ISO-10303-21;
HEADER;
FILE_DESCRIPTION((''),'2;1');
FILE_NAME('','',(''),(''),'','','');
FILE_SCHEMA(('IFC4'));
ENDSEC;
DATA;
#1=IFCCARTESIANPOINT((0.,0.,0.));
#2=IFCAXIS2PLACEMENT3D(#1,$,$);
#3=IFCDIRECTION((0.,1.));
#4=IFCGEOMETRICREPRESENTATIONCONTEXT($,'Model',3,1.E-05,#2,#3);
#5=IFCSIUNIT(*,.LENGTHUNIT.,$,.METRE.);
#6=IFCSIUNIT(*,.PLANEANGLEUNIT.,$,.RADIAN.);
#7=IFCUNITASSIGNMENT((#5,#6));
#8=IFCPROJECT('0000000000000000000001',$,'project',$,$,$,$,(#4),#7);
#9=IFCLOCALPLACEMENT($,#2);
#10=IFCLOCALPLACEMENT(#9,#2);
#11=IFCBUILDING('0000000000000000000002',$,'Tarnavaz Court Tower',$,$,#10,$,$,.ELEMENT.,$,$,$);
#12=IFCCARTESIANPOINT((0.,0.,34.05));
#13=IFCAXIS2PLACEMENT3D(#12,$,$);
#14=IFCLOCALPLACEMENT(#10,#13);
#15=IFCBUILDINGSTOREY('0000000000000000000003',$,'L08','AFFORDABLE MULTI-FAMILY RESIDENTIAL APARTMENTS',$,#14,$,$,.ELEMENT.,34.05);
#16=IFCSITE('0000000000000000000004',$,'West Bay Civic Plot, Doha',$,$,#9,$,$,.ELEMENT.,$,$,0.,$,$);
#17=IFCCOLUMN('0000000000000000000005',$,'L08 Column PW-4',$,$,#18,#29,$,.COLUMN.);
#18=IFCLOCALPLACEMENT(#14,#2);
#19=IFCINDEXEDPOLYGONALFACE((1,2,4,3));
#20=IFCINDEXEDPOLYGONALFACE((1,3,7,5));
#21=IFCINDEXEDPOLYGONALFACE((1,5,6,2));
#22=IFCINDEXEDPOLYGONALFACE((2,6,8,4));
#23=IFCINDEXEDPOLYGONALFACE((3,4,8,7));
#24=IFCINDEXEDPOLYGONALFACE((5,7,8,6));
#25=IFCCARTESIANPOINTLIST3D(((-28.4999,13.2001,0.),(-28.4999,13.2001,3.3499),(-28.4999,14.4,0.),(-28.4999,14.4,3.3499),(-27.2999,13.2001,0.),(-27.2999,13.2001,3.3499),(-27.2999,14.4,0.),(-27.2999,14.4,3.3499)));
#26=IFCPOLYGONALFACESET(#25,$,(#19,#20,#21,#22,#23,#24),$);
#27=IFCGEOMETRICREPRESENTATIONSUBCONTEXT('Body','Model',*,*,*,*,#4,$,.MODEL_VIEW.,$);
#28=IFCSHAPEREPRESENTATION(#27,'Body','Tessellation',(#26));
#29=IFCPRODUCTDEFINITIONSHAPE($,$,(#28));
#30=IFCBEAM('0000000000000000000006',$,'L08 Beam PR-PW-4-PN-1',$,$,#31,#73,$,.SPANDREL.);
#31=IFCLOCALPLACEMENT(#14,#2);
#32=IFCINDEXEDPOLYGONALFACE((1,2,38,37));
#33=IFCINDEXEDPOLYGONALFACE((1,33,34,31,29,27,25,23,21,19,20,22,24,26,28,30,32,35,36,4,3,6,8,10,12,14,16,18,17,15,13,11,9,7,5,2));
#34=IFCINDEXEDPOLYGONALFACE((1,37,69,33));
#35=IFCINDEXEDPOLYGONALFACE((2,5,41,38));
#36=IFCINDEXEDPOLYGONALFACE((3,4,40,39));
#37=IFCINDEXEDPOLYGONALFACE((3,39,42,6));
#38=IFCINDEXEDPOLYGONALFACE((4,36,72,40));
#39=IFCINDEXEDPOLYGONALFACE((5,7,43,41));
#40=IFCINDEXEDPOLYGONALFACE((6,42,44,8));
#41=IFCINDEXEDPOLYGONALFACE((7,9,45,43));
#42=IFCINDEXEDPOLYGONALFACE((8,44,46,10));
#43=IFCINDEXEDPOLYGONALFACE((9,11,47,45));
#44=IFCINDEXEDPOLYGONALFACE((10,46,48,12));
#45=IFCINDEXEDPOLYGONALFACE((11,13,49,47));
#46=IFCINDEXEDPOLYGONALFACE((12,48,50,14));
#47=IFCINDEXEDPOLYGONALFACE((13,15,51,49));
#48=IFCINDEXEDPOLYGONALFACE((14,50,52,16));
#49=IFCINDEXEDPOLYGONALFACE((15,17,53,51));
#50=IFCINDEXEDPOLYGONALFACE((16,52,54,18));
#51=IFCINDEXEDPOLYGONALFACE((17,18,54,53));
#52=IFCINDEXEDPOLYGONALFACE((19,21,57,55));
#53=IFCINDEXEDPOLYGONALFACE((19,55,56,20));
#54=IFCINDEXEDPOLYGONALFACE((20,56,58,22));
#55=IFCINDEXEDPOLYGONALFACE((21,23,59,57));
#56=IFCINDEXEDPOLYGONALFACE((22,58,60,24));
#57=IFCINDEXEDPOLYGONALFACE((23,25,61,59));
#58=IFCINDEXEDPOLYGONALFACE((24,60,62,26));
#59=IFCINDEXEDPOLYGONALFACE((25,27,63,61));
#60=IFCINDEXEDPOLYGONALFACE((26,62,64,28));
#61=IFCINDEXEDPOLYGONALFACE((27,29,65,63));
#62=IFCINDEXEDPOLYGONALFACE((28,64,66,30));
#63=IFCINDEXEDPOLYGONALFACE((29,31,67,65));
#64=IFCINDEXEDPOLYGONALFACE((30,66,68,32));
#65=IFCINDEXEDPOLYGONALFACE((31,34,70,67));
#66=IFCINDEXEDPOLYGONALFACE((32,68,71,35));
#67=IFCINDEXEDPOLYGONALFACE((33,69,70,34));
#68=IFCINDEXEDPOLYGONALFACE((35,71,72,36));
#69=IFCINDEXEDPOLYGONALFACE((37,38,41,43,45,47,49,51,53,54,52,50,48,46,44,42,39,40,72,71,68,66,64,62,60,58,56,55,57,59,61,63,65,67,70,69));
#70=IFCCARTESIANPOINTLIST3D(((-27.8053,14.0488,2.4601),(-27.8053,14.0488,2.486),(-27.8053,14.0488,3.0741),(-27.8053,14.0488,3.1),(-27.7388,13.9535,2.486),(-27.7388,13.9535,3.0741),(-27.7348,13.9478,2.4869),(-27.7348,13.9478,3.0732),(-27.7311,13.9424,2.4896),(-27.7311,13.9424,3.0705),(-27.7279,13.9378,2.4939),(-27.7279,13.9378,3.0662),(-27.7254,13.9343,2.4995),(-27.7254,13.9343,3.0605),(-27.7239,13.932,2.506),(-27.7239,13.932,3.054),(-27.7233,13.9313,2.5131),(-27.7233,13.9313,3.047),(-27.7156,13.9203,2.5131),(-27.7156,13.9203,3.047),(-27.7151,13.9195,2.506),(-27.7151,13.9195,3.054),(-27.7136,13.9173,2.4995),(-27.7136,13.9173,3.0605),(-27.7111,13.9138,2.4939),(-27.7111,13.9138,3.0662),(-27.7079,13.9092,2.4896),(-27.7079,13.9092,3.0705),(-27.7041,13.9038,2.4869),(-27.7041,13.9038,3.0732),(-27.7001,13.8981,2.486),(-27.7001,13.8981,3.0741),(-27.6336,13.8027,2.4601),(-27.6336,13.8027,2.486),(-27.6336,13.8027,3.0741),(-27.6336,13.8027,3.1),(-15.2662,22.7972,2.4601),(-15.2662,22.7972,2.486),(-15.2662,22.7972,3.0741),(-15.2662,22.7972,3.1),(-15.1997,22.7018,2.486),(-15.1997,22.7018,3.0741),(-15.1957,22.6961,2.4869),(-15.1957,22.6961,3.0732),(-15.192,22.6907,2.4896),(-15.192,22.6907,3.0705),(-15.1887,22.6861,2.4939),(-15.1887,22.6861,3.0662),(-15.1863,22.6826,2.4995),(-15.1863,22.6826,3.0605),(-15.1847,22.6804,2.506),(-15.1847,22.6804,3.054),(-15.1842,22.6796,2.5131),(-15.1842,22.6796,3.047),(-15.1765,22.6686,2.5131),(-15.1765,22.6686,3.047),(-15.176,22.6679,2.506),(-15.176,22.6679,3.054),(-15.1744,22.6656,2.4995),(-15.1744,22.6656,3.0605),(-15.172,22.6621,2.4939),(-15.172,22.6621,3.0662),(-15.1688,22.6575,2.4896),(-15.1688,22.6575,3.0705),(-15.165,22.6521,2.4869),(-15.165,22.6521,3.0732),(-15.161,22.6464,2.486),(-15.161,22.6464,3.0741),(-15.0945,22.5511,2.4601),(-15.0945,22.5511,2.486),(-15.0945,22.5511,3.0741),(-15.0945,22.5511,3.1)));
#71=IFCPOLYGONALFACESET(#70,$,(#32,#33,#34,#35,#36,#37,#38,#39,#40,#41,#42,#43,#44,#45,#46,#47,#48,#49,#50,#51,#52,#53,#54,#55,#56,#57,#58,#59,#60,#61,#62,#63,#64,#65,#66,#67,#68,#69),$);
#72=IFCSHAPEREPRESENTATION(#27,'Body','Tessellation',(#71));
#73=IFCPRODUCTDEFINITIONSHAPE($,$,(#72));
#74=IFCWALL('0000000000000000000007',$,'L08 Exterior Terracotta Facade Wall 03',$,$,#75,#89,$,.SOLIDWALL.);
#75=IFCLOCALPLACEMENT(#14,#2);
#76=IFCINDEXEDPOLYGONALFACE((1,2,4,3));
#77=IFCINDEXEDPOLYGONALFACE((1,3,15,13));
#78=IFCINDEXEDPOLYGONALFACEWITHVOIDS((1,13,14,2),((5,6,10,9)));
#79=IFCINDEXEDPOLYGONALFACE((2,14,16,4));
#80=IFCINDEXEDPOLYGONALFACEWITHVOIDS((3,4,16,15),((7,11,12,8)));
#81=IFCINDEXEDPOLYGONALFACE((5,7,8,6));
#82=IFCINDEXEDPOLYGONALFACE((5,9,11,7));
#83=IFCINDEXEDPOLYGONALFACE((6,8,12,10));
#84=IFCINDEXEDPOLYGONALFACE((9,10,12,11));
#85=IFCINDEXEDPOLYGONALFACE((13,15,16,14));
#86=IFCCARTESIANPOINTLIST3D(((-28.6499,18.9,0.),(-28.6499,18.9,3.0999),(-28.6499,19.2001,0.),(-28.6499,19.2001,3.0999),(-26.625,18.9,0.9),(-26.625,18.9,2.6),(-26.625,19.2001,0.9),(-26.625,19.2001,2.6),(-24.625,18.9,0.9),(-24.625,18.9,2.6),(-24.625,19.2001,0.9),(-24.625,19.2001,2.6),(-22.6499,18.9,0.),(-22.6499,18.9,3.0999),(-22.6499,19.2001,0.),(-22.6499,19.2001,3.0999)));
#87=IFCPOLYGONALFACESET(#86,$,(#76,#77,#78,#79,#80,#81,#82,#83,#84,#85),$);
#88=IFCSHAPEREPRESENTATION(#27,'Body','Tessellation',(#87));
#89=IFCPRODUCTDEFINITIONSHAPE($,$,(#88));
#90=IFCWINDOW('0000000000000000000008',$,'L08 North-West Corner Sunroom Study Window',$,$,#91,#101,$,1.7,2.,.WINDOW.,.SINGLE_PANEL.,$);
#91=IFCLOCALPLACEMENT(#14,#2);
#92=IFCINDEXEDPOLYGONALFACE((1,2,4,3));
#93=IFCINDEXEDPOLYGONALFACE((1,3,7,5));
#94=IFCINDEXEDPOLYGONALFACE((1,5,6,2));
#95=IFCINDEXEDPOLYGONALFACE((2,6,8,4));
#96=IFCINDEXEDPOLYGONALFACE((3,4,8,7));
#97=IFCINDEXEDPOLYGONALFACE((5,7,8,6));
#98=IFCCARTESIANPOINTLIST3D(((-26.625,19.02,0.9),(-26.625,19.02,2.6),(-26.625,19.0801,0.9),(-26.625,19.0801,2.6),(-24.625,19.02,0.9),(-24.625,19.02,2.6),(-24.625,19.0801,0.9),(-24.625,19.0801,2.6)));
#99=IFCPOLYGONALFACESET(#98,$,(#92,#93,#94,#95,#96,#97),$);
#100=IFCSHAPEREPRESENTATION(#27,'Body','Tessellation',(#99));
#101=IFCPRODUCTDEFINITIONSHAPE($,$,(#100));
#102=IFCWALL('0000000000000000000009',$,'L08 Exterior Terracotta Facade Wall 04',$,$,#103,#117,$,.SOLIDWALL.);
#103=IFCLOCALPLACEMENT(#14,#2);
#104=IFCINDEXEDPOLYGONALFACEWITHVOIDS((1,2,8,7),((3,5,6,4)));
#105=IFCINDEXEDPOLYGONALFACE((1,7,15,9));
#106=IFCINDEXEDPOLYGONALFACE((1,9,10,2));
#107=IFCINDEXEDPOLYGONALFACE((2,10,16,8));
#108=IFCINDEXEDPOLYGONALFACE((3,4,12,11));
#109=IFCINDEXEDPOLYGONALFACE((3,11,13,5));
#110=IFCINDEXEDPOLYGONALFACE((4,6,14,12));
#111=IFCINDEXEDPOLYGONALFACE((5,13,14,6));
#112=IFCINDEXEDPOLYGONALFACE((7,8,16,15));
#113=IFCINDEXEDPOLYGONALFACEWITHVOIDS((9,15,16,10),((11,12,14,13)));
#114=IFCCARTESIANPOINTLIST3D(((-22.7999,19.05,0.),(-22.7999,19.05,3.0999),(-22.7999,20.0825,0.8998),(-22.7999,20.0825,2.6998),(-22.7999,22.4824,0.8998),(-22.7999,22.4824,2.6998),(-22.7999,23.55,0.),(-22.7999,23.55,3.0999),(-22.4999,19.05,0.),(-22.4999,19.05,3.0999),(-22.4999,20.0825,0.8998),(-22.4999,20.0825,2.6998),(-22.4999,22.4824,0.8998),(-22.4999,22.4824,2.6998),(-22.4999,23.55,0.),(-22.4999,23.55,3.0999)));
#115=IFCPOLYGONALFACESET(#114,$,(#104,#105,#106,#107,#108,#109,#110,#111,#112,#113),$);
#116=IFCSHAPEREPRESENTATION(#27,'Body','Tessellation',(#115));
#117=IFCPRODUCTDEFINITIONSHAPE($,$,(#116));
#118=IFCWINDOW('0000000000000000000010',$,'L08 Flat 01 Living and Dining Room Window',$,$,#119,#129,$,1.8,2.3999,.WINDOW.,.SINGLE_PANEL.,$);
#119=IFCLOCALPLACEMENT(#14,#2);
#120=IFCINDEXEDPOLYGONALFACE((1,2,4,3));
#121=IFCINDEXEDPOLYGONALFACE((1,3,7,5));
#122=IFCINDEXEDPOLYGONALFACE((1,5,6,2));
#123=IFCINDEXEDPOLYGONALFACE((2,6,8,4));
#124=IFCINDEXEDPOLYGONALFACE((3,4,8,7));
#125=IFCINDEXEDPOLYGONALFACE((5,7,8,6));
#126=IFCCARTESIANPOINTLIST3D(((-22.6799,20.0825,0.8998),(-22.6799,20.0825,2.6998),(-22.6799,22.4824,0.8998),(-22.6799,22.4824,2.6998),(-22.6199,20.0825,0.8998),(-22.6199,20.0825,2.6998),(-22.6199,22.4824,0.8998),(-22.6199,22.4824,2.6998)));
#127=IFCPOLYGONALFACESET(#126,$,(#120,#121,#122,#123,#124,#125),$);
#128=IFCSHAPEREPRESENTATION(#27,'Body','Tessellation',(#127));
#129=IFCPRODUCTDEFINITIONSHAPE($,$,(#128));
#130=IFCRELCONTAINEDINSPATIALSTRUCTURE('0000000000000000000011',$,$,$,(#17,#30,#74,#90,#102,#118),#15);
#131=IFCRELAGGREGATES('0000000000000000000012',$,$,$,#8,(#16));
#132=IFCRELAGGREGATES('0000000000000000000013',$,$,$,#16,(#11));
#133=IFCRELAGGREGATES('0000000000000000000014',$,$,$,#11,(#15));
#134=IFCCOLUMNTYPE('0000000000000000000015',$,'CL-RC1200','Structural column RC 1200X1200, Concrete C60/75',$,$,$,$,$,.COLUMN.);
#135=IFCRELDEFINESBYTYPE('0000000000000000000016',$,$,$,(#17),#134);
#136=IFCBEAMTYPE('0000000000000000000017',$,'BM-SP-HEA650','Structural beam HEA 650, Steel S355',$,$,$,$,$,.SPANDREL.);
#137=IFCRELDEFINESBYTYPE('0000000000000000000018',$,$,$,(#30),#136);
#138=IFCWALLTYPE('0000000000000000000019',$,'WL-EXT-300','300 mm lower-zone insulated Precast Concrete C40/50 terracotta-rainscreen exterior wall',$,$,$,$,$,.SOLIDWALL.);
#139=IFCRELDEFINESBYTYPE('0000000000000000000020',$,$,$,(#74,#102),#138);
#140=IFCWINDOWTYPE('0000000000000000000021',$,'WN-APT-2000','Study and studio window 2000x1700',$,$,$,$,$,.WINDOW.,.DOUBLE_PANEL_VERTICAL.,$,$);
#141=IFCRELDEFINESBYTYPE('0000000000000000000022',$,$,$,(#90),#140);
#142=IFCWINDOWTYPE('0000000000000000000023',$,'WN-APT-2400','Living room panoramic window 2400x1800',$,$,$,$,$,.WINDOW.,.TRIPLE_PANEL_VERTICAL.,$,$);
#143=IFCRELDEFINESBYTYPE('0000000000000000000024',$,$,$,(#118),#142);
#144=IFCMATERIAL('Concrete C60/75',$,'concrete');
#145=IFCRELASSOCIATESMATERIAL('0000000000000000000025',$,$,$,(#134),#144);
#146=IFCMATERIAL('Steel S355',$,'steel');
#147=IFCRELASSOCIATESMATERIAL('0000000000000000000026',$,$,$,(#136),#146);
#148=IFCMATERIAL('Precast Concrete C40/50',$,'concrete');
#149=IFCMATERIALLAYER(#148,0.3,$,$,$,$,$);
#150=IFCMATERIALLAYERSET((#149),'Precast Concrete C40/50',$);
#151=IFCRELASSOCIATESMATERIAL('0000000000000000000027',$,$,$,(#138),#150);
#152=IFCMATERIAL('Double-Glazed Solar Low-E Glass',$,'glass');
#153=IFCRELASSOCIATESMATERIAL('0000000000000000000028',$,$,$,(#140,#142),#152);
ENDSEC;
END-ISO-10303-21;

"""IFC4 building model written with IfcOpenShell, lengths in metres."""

from ifc_helpers import new_model, si_unit, direction, frame, frame_2d, origin, origin_2d, place, context, subcontext, project, spatial, rectangle, i_section, extrude, material, layer, layer_set, material_profile, profile_set, type_object, element, fill, save


model = new_model("IFC4")

# Units and contexts
model_context = context("Model", 3, precision=1e-05, world=origin(), true_north=direction((0.0, 1.0)))
body_context = subcontext(model_context, "Body", "Model", "MODEL_VIEW")
ifc_project = project(units=[si_unit("LENGTHUNIT", "METRE"), si_unit("PLANEANGLEUNIT", "RADIAN")], contexts=[model_context])

# Site, building, storey
site_placement = place(None, origin())
site = spatial("IfcSite", under=ifc_project, at=site_placement, Name="West Bay Civic Plot, Doha", CompositionType="ELEMENT", RefElevation=0.0)
building_placement = place(site_placement, origin())
building = spatial("IfcBuilding", under=site, at=building_placement, Name="Tarnavaz Court Tower", CompositionType="ELEMENT")
storey_placement = place(building_placement, frame((0.0, 0.0, 34.05)))
storey = spatial("IfcBuildingStorey", under=building, at=storey_placement, Name="L08", Description="AFFORDABLE MULTI-FAMILY RESIDENTIAL APARTMENTS", CompositionType="ELEMENT", Elevation=34.05)

# Column
ifc_material_1 = material(Name="Concrete C60/75", Category="concrete")
ifc_material_profile_1 = material_profile(ifc_material_1, rectangle(XDim=1.2, YDim=1.2, at=origin_2d()), Name="RC 1200X1200")
ifc_profile_set_1 = profile_set([ifc_material_profile_1], Name="Concrete C60/75")
column_type = type_object("IfcColumnType", Name="CL-RC1200", Description="Structural column RC 1200X1200, Concrete C60/75", PredefinedType="COLUMN", material=ifc_profile_set_1)
column_placement = place(storey_placement, frame((-27.8999, 13.8, 0.0), z_axis=(0.0, 0.0, 1.0), x_axis=(1.0, 0.0, 0.0)))
element("IfcColumn", 1, at=column_placement, inside=storey, type_object=column_type, Name="L08 Column PW-4", PredefinedType="COLUMN", context=body_context, shape_type="SweptSolid", body=[
    extrude(rectangle(XDim=1.2, YDim=1.2, at=origin_2d()), origin(), (0.0, 0.0, 1.0), 3.3499),
])

# Beam
ifc_material_2 = material(Name="Steel S355", Category="steel")
ifc_material_profile_2 = material_profile(ifc_material_2, i_section(OverallWidth=0.3, OverallDepth=0.6399, WebThickness=0.0134, FlangeThickness=0.0259, FilletRadius=0.0271, at=origin_2d()), Name="HEA 650")
ifc_profile_set_2 = profile_set([ifc_material_profile_2], Name="Steel S355")
beam_type = type_object("IfcBeamType", Name="BM-SP-HEA650", Description="Structural beam HEA 650, Steel S355", PredefinedType="SPANDREL", material=ifc_profile_set_2)
beam_placement = place(storey_placement, frame((-27.7195, 13.9258, 2.78), z_axis=(0.820124, 0.572186, 0.0), x_axis=(-0.572186, 0.820124, 0.0)))
element("IfcBeam", 2, at=beam_placement, inside=storey, type_object=beam_type, Name="L08 Beam PR-PW-4-PN-1", PredefinedType="SPANDREL", context=body_context, shape_type="SweptSolid", body=[
    extrude(i_section(OverallWidth=0.3, OverallDepth=0.6399, WebThickness=0.0134, FlangeThickness=0.0259, FilletRadius=0.0271, at=origin_2d()), origin(), (0.0, 0.0, 1.0), 15.2893),
])

# Walls, openings, windows
ifc_material_3 = material(Name="Precast Concrete C40/50", Category="concrete")
ifc_layer_1 = layer(ifc_material_3, 0.3)
ifc_layer_set_1 = layer_set([ifc_layer_1], Name="Precast Concrete C40/50")
wall_type_1 = type_object("IfcWallType", Name="WL-EXT-300", Description="300 mm lower-zone insulated Precast Concrete C40/50 terracotta-rainscreen exterior wall", PredefinedType="SOLIDWALL", material=ifc_layer_set_1)
wall_1_placement = place(storey_placement, frame((-28.6499, 19.05, 0.0), z_axis=(0.0, 0.0, 1.0), x_axis=(1.0, 0.0, 0.0)))
wall_1 = element("IfcWall", 3, at=wall_1_placement, inside=storey, type_object=wall_type_1, Name="L08 Exterior Terracotta Facade Wall 03", PredefinedType="SOLIDWALL", context=body_context, shape_type="SweptSolid", body=[
    extrude(rectangle(XDim=6.0, YDim=0.3, at=frame_2d((3.0, 0.0))), origin(), (0.0, 0.0, 1.0), 3.0999),
])
opening_1_placement = place(wall_1_placement, frame((2.0249, 0.0, 0.8999)))
opening_1 = element("IfcOpeningElement", 4, at=opening_1_placement, cuts=wall_1, PredefinedType="OPENING", context=body_context, shape_type="SweptSolid", body=[
    extrude(rectangle(XDim=2.0, YDim=1.7, at=frame_2d((1.0, 0.8501))), frame((0.0, 0.1599, 0.0), z_axis=(0.0, -1.0, 0.0), x_axis=(1.0, 0.0, 0.0)), (0.0, 0.0, 1.0), 0.3201),
])
ifc_material_4 = material(Name="Double-Glazed Solar Low-E Glass", Category="glass")
window_type_1 = type_object("IfcWindowType", Name="WN-APT-2000", Description="Study and studio window 2000x1700", PartitioningType="DOUBLE_PANEL_VERTICAL", PredefinedType="WINDOW", material=ifc_material_4)
window_1_placement = place(opening_1_placement, origin())
window_1 = element("IfcWindow", 5, at=window_1_placement, inside=storey, type_object=window_type_1, Name="L08 North-West Corner Sunroom Study Window", OverallHeight=1.7, OverallWidth=2.0, PartitioningType="SINGLE_PANEL", PredefinedType="WINDOW", context=body_context, shape_type="SweptSolid", body=[
    extrude(rectangle(XDim=2.0, YDim=1.7, at=frame_2d((1.0, 0.8501))), frame((0.0, 0.03, 0.0), z_axis=(0.0, -1.0, 0.0), x_axis=(1.0, 0.0, 0.0)), (0.0, 0.0, 1.0), 0.0601),
])
fill(opening_1, window_1)
wall_2_placement = place(storey_placement, frame((-22.6499, 19.05, 0.0), z_axis=(0.0, 0.0, 1.0), x_axis=(0.0, 1.0, 0.0)))
wall_2 = element("IfcWall", 6, at=wall_2_placement, inside=storey, type_object=wall_type_1, Name="L08 Exterior Terracotta Facade Wall 04", PredefinedType="SOLIDWALL", context=body_context, shape_type="SweptSolid", body=[
    extrude(rectangle(XDim=4.5, YDim=0.3, at=frame_2d((2.25, 0.0))), origin(), (0.0, 0.0, 1.0), 3.0999),
])
opening_2_placement = place(wall_2_placement, frame((1.0325, 0.0, 0.8999)))
opening_2 = element("IfcOpeningElement", 7, at=opening_2_placement, cuts=wall_2, PredefinedType="OPENING", context=body_context, shape_type="SweptSolid", body=[
    extrude(rectangle(XDim=2.3999, YDim=1.8, at=frame_2d((1.2, 0.8999))), frame((0.0, 0.1599, 0.0), z_axis=(0.0, -1.0, 0.0), x_axis=(1.0, 0.0, 0.0)), (0.0, 0.0, 1.0), 0.3201),
])
window_type_2 = type_object("IfcWindowType", Name="WN-APT-2400", Description="Living room panoramic window 2400x1800", PartitioningType="TRIPLE_PANEL_VERTICAL", PredefinedType="WINDOW", material=ifc_material_4)
window_2_placement = place(opening_2_placement, origin())
window_2 = element("IfcWindow", 8, at=window_2_placement, inside=storey, type_object=window_type_2, Name="L08 Flat 01 Living and Dining Room Window", OverallHeight=1.8, OverallWidth=2.3999, PartitioningType="SINGLE_PANEL", PredefinedType="WINDOW", context=body_context, shape_type="SweptSolid", body=[
    extrude(rectangle(XDim=2.3999, YDim=1.8, at=frame_2d((1.2, 0.8999))), frame((0.0, 0.03, 0.0), z_axis=(0.0, -1.0, 0.0), x_axis=(1.0, 0.0, 0.0)), (0.0, 0.0, 1.0), 0.0601),
])
fill(opening_2, window_2)

save(model, "model.ifc")
